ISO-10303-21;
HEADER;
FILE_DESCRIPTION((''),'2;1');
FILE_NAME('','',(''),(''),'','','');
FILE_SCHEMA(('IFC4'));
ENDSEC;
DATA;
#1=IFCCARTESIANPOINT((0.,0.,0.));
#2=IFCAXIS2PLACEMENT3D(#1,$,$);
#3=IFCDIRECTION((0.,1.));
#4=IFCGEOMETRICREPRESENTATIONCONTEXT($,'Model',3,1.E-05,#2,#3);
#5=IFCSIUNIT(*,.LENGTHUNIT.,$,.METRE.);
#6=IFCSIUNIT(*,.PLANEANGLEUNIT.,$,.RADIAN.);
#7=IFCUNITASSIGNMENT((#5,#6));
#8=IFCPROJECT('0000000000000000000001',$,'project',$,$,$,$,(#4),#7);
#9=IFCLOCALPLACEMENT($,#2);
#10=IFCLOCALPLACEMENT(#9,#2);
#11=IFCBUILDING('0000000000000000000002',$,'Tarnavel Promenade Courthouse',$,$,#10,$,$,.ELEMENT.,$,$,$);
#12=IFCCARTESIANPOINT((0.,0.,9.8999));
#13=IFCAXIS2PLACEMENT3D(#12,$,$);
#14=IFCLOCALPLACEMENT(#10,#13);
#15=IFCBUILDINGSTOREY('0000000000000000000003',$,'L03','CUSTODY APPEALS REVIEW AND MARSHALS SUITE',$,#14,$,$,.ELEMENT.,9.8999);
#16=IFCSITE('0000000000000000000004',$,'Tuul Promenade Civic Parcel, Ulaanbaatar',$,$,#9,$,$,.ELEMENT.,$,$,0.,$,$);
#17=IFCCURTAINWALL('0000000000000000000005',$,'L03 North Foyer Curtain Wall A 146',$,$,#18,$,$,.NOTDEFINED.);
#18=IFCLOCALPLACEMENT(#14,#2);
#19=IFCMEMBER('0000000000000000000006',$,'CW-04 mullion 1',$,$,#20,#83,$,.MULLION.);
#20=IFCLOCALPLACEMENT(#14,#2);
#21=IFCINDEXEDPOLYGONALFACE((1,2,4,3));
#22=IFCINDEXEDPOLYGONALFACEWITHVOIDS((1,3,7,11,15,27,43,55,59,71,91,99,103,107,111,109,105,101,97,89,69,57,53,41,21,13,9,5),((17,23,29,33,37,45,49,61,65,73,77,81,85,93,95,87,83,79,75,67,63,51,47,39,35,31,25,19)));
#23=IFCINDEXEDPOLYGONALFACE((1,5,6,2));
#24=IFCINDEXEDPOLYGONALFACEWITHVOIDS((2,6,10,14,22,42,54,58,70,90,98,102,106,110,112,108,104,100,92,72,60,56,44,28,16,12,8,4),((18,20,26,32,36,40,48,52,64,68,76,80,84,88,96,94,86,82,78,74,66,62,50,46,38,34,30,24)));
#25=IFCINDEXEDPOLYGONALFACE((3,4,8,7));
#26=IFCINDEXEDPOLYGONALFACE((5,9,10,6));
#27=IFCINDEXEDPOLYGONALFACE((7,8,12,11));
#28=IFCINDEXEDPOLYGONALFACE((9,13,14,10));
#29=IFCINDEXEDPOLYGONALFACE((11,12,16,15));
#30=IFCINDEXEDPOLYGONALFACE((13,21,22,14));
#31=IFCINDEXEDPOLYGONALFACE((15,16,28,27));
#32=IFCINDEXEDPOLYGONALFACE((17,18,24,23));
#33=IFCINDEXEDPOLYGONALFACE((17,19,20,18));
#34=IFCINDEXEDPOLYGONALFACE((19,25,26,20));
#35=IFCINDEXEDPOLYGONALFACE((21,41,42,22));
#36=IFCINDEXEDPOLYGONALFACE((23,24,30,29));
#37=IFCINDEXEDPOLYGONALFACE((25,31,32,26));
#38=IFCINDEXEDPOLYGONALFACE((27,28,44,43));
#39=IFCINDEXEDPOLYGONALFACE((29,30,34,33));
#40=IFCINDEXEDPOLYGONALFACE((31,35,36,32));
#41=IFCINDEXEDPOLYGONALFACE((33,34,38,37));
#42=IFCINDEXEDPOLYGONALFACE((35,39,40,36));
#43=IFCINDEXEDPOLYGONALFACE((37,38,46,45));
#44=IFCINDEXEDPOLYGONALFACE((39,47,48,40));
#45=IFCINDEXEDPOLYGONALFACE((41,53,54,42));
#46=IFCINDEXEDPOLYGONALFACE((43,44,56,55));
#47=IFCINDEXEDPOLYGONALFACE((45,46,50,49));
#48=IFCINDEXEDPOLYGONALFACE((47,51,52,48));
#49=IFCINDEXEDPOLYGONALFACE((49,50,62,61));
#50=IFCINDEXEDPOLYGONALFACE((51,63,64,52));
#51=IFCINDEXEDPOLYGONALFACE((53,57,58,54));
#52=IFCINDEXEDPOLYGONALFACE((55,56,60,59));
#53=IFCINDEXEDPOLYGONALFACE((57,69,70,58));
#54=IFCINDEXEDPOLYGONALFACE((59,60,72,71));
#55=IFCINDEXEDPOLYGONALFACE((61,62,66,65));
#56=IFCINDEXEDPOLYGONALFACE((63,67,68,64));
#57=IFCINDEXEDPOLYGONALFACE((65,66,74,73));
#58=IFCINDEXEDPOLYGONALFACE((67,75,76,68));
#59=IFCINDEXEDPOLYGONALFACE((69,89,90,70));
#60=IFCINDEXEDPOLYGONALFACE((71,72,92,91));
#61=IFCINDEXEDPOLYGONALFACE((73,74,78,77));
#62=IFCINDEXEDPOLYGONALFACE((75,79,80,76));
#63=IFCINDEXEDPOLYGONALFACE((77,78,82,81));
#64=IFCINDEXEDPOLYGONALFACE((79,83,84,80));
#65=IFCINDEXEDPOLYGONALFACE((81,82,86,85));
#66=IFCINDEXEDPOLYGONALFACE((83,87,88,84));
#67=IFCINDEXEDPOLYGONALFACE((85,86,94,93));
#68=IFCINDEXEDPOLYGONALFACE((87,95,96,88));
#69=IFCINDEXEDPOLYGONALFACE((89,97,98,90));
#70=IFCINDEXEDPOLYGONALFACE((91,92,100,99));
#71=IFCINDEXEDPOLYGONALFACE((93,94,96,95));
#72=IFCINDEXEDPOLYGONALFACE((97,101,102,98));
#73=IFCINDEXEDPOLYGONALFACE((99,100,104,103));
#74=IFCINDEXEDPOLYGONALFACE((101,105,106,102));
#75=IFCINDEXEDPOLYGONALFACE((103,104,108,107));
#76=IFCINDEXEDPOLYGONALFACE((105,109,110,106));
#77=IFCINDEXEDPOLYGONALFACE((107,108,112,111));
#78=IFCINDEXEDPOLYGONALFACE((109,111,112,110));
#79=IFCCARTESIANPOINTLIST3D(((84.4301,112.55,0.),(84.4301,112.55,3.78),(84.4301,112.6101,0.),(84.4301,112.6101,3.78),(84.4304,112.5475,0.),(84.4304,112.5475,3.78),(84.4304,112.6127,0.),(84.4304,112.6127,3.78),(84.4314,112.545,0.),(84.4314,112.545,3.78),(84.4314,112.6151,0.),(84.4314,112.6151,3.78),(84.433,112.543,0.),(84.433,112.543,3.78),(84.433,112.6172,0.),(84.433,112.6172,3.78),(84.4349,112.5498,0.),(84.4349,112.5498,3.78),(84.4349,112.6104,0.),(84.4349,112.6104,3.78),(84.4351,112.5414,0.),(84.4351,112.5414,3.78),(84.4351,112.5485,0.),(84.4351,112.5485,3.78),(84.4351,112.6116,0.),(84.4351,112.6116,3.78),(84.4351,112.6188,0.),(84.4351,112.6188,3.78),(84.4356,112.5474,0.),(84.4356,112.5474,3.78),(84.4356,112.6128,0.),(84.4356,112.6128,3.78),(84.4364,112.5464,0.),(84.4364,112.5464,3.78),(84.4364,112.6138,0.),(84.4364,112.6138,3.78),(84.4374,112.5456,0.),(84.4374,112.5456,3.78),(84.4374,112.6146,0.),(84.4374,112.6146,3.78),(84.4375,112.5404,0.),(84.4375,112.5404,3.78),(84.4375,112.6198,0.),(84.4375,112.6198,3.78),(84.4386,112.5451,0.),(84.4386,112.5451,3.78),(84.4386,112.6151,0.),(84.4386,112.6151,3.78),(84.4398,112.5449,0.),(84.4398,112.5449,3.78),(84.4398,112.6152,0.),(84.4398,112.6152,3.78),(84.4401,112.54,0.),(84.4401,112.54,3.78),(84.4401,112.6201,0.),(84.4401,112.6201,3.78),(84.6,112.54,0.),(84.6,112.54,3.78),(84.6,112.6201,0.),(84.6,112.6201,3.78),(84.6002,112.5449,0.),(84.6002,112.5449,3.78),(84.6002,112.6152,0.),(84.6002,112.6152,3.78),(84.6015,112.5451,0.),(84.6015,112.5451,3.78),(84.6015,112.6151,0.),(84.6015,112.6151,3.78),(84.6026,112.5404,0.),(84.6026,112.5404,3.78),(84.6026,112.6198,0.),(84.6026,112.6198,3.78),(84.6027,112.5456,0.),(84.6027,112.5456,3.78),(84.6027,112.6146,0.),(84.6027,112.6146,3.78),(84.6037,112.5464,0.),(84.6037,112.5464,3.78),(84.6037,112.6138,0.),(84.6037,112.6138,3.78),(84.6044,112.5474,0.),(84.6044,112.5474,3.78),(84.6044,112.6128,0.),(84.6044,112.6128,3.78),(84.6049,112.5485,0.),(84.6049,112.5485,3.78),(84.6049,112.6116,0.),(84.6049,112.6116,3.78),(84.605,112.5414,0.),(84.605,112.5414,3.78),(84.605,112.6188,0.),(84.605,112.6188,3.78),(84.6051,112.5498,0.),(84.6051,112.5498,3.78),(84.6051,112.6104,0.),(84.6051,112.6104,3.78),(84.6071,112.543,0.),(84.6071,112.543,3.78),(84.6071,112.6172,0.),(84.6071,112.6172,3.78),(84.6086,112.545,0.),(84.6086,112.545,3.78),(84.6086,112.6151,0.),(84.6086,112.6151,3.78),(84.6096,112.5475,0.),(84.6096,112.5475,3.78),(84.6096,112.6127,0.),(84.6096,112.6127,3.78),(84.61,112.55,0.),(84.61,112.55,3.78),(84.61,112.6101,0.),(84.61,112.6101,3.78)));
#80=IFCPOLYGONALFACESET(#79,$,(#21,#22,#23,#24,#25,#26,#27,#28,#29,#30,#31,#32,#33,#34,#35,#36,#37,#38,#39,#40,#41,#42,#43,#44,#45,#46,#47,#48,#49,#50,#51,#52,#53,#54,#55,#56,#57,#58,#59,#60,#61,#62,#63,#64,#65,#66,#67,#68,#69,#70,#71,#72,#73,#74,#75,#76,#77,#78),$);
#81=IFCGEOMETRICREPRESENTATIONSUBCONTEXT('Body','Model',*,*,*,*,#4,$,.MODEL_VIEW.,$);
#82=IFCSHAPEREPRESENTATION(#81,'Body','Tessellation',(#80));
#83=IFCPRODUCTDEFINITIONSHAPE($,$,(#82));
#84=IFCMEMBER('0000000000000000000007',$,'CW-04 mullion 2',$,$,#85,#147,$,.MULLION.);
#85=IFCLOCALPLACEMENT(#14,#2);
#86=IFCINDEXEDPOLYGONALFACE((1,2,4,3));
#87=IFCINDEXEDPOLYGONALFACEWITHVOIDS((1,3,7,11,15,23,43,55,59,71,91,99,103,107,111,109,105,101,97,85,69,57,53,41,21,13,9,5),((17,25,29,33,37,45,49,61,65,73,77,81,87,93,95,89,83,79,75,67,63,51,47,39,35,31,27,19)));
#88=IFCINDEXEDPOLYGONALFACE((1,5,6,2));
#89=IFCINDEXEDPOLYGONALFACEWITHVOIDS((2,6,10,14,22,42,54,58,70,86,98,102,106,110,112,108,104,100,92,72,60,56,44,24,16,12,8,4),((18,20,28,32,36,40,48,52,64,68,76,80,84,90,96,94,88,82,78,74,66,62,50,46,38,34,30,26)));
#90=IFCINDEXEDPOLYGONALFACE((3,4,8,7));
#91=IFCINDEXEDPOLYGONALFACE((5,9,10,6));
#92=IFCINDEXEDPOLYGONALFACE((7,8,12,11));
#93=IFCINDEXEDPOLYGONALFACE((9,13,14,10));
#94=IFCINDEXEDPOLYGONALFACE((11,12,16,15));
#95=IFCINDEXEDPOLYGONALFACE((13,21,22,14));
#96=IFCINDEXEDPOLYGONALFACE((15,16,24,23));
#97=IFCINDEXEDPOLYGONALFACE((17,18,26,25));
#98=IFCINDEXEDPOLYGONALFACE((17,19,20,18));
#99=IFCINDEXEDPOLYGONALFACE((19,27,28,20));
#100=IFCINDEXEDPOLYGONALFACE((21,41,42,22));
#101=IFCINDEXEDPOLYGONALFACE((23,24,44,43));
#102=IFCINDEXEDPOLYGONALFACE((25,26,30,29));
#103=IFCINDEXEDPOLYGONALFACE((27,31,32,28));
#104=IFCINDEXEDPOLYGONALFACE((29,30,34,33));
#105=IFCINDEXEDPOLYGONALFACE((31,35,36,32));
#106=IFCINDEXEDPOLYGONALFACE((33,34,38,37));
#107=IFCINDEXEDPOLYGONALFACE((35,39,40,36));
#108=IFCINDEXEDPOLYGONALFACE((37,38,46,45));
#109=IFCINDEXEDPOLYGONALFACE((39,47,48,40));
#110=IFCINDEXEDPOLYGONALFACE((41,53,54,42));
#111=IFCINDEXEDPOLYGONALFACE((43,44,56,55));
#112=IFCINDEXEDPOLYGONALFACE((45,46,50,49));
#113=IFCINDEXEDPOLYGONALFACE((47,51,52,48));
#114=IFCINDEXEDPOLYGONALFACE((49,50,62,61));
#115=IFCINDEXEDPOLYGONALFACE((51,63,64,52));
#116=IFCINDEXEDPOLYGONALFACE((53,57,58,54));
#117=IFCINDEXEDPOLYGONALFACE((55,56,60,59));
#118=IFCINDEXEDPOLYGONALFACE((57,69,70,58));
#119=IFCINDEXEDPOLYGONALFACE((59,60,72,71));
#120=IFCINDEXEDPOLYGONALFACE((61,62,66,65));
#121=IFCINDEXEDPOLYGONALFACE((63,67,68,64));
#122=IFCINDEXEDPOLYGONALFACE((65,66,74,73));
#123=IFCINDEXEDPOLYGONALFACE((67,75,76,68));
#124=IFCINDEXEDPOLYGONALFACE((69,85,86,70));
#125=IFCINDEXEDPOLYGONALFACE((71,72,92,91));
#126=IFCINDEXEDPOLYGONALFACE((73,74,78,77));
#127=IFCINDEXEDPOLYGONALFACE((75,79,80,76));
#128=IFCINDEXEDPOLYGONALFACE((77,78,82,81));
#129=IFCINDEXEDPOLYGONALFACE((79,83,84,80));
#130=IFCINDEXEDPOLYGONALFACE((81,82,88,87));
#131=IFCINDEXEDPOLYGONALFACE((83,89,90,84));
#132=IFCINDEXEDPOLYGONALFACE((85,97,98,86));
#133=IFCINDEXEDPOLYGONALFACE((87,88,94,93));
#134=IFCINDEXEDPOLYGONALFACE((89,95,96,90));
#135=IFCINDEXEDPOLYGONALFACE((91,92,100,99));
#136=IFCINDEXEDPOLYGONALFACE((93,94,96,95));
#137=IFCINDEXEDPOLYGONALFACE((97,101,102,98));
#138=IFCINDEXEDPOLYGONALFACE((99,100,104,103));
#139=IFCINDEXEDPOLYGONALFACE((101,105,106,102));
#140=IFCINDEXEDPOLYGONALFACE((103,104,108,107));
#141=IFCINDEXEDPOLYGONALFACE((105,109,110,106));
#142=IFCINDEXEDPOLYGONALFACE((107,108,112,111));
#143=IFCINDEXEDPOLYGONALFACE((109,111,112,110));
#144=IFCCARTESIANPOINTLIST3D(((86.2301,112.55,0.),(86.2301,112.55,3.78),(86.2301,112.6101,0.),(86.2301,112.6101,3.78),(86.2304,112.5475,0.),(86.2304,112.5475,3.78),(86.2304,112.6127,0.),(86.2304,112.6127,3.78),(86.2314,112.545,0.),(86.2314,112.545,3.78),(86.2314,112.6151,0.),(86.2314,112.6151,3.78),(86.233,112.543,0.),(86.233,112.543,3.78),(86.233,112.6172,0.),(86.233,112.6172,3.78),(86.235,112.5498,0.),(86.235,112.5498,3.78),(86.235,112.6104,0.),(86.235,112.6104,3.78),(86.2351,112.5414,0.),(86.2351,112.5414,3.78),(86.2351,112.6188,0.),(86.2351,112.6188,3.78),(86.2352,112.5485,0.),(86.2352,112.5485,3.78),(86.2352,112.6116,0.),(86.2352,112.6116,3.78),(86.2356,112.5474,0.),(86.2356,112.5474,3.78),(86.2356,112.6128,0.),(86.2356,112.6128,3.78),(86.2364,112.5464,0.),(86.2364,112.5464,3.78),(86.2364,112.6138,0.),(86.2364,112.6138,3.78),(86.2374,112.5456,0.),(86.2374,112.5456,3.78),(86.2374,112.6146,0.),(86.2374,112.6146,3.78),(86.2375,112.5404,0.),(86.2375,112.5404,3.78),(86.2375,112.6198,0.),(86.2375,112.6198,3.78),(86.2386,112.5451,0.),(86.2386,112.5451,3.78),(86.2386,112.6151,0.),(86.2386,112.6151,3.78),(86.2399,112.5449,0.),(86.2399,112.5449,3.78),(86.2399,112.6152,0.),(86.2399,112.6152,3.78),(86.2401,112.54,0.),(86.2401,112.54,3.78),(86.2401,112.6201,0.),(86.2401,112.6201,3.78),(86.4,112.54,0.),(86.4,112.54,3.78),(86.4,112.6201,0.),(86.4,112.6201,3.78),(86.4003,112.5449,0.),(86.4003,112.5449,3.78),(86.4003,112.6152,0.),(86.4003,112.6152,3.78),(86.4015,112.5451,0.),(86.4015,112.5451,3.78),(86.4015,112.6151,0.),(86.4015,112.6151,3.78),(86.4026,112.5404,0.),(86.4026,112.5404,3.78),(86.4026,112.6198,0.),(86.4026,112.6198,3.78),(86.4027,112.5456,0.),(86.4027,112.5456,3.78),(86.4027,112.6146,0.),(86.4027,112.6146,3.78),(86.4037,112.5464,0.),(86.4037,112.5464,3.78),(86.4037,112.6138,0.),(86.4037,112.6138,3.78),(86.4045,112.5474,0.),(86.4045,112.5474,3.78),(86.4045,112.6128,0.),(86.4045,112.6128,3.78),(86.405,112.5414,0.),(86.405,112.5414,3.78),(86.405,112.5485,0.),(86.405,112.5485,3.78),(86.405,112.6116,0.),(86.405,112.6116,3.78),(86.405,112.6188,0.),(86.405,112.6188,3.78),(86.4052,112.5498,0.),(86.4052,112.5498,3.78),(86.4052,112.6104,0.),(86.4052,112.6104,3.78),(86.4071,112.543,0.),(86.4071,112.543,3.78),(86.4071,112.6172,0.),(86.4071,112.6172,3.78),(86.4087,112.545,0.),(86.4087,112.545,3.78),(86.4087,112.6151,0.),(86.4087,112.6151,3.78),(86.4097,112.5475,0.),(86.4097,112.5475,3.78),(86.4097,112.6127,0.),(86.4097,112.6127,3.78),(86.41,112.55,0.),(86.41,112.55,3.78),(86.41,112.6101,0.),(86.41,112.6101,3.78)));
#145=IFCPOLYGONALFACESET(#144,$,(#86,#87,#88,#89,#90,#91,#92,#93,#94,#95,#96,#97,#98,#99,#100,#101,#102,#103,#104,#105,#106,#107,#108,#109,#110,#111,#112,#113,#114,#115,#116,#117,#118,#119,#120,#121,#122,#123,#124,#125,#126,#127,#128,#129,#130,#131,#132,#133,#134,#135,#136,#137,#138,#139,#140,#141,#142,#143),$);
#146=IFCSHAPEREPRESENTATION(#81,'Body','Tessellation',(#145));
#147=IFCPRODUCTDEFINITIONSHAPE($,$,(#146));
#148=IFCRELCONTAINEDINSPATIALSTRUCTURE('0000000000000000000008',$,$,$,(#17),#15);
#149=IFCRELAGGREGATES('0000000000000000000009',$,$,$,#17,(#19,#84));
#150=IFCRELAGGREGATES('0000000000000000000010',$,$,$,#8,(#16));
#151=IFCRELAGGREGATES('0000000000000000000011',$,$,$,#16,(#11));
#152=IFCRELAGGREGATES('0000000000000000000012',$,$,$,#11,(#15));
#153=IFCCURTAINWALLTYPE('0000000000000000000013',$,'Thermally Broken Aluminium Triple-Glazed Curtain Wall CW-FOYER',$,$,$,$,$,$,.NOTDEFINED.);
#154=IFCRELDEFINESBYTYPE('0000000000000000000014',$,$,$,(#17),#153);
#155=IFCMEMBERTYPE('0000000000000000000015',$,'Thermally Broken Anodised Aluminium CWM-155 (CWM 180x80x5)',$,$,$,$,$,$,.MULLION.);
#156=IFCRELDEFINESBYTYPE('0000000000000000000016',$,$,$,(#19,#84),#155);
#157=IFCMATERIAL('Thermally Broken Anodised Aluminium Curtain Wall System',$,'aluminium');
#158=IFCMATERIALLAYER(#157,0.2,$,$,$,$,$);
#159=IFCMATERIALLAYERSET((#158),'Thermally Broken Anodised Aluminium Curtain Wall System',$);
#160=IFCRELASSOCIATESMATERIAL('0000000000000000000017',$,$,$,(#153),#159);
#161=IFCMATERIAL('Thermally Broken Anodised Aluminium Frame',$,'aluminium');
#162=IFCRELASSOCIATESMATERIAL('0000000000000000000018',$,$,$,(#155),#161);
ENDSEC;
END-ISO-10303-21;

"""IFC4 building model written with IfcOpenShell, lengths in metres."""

from ifc_helpers import new_model, si_unit, direction, frame, origin, origin_2d, place, context, subcontext, project, spatial, hollow_rectangle, extrude, material, layer, layer_set, material_profile, profile_set, type_object, element, aggregate, save


model = new_model("IFC4")

# Units and contexts
model_context = context("Model", 3, precision=1e-05, world=origin(), true_north=direction((0.0, 1.0)))
body_context = subcontext(model_context, "Body", "Model", "MODEL_VIEW")
ifc_project = project(units=[si_unit("LENGTHUNIT", "METRE"), si_unit("PLANEANGLEUNIT", "RADIAN")], contexts=[model_context])

# Site, building, storey
site_placement = place(None, origin())
site = spatial("IfcSite", under=ifc_project, at=site_placement, Name="Tuul Promenade Civic Parcel, Ulaanbaatar", CompositionType="ELEMENT", RefElevation=0.0)
building_placement = place(site_placement, origin())
building = spatial("IfcBuilding", under=site, at=building_placement, Name="Tarnavel Promenade Courthouse", CompositionType="ELEMENT")
storey_placement = place(building_placement, frame((0.0, 0.0, 9.8999)))
storey = spatial("IfcBuildingStorey", under=building, at=storey_placement, Name="L03", Description="CUSTODY APPEALS REVIEW AND MARSHALS SUITE", CompositionType="ELEMENT", Elevation=9.8999)

# Curtain wall, members
ifc_material_1 = material(Name="Thermally Broken Anodised Aluminium Curtain Wall System", Category="aluminium")
ifc_layer_1 = layer(ifc_material_1, 0.2)
ifc_layer_set_1 = layer_set([ifc_layer_1], Name="Thermally Broken Anodised Aluminium Curtain Wall System")
curtain_wall_type = type_object("IfcCurtainWallType", Name="Thermally Broken Aluminium Triple-Glazed Curtain Wall CW-FOYER", PredefinedType="NOTDEFINED", material=ifc_layer_set_1)
curtain_wall_1_placement = place(storey_placement, origin())
curtain_wall_1 = element("IfcCurtainWall", 1, at=curtain_wall_1_placement, inside=storey, type_object=curtain_wall_type, Name="L03 North Foyer Curtain Wall A 146", PredefinedType="NOTDEFINED")
ifc_material_2 = material(Name="Thermally Broken Anodised Aluminium Frame", Category="aluminium")
ifc_material_profile_1 = material_profile(ifc_material_2, hollow_rectangle(XDim=0.0801, YDim=0.1799, WallThickness=0.0049, InnerFilletRadius=0.0049, OuterFilletRadius=0.01, at=origin_2d()), Name="CWM 180x80x5")
ifc_profile_set_1 = profile_set([ifc_material_profile_1], Name="Thermally Broken Anodised Aluminium Frame")
member_type_1 = type_object("IfcMemberType", Name="Thermally Broken Anodised Aluminium CWM-155 (CWM 180x80x5)", PredefinedType="MULLION", material=ifc_profile_set_1)
member_1_placement = place(storey_placement, frame((84.52, 112.5801, 0.0), z_axis=(0.0, 0.0, 1.0), x_axis=(0.0, 1.0, 0.0)))
member_1 = element("IfcMember", 2, at=member_1_placement, type_object=member_type_1, Name="CW-04 mullion 1", PredefinedType="MULLION", context=body_context, shape_type="SweptSolid", body=[
    extrude(hollow_rectangle(XDim=0.0801, YDim=0.1799, WallThickness=0.0049, InnerFilletRadius=0.0049, OuterFilletRadius=0.01, at=origin_2d()), origin(), (0.0, 0.0, 1.0), 3.78),
])
member_2_placement = place(storey_placement, frame((86.3201, 112.5801, 0.0), z_axis=(0.0, 0.0, 1.0), x_axis=(0.0, 1.0, 0.0)))
member_2 = element("IfcMember", 3, at=member_2_placement, type_object=member_type_1, Name="CW-04 mullion 2", PredefinedType="MULLION", context=body_context, shape_type="SweptSolid", body=[
    extrude(hollow_rectangle(XDim=0.0801, YDim=0.1799, WallThickness=0.0049, InnerFilletRadius=0.0049, OuterFilletRadius=0.01, at=origin_2d()), origin(), (0.0, 0.0, 1.0), 3.78),
])

aggregate(curtain_wall_1, [member_1, member_2])

save(model, "model.ifc")
